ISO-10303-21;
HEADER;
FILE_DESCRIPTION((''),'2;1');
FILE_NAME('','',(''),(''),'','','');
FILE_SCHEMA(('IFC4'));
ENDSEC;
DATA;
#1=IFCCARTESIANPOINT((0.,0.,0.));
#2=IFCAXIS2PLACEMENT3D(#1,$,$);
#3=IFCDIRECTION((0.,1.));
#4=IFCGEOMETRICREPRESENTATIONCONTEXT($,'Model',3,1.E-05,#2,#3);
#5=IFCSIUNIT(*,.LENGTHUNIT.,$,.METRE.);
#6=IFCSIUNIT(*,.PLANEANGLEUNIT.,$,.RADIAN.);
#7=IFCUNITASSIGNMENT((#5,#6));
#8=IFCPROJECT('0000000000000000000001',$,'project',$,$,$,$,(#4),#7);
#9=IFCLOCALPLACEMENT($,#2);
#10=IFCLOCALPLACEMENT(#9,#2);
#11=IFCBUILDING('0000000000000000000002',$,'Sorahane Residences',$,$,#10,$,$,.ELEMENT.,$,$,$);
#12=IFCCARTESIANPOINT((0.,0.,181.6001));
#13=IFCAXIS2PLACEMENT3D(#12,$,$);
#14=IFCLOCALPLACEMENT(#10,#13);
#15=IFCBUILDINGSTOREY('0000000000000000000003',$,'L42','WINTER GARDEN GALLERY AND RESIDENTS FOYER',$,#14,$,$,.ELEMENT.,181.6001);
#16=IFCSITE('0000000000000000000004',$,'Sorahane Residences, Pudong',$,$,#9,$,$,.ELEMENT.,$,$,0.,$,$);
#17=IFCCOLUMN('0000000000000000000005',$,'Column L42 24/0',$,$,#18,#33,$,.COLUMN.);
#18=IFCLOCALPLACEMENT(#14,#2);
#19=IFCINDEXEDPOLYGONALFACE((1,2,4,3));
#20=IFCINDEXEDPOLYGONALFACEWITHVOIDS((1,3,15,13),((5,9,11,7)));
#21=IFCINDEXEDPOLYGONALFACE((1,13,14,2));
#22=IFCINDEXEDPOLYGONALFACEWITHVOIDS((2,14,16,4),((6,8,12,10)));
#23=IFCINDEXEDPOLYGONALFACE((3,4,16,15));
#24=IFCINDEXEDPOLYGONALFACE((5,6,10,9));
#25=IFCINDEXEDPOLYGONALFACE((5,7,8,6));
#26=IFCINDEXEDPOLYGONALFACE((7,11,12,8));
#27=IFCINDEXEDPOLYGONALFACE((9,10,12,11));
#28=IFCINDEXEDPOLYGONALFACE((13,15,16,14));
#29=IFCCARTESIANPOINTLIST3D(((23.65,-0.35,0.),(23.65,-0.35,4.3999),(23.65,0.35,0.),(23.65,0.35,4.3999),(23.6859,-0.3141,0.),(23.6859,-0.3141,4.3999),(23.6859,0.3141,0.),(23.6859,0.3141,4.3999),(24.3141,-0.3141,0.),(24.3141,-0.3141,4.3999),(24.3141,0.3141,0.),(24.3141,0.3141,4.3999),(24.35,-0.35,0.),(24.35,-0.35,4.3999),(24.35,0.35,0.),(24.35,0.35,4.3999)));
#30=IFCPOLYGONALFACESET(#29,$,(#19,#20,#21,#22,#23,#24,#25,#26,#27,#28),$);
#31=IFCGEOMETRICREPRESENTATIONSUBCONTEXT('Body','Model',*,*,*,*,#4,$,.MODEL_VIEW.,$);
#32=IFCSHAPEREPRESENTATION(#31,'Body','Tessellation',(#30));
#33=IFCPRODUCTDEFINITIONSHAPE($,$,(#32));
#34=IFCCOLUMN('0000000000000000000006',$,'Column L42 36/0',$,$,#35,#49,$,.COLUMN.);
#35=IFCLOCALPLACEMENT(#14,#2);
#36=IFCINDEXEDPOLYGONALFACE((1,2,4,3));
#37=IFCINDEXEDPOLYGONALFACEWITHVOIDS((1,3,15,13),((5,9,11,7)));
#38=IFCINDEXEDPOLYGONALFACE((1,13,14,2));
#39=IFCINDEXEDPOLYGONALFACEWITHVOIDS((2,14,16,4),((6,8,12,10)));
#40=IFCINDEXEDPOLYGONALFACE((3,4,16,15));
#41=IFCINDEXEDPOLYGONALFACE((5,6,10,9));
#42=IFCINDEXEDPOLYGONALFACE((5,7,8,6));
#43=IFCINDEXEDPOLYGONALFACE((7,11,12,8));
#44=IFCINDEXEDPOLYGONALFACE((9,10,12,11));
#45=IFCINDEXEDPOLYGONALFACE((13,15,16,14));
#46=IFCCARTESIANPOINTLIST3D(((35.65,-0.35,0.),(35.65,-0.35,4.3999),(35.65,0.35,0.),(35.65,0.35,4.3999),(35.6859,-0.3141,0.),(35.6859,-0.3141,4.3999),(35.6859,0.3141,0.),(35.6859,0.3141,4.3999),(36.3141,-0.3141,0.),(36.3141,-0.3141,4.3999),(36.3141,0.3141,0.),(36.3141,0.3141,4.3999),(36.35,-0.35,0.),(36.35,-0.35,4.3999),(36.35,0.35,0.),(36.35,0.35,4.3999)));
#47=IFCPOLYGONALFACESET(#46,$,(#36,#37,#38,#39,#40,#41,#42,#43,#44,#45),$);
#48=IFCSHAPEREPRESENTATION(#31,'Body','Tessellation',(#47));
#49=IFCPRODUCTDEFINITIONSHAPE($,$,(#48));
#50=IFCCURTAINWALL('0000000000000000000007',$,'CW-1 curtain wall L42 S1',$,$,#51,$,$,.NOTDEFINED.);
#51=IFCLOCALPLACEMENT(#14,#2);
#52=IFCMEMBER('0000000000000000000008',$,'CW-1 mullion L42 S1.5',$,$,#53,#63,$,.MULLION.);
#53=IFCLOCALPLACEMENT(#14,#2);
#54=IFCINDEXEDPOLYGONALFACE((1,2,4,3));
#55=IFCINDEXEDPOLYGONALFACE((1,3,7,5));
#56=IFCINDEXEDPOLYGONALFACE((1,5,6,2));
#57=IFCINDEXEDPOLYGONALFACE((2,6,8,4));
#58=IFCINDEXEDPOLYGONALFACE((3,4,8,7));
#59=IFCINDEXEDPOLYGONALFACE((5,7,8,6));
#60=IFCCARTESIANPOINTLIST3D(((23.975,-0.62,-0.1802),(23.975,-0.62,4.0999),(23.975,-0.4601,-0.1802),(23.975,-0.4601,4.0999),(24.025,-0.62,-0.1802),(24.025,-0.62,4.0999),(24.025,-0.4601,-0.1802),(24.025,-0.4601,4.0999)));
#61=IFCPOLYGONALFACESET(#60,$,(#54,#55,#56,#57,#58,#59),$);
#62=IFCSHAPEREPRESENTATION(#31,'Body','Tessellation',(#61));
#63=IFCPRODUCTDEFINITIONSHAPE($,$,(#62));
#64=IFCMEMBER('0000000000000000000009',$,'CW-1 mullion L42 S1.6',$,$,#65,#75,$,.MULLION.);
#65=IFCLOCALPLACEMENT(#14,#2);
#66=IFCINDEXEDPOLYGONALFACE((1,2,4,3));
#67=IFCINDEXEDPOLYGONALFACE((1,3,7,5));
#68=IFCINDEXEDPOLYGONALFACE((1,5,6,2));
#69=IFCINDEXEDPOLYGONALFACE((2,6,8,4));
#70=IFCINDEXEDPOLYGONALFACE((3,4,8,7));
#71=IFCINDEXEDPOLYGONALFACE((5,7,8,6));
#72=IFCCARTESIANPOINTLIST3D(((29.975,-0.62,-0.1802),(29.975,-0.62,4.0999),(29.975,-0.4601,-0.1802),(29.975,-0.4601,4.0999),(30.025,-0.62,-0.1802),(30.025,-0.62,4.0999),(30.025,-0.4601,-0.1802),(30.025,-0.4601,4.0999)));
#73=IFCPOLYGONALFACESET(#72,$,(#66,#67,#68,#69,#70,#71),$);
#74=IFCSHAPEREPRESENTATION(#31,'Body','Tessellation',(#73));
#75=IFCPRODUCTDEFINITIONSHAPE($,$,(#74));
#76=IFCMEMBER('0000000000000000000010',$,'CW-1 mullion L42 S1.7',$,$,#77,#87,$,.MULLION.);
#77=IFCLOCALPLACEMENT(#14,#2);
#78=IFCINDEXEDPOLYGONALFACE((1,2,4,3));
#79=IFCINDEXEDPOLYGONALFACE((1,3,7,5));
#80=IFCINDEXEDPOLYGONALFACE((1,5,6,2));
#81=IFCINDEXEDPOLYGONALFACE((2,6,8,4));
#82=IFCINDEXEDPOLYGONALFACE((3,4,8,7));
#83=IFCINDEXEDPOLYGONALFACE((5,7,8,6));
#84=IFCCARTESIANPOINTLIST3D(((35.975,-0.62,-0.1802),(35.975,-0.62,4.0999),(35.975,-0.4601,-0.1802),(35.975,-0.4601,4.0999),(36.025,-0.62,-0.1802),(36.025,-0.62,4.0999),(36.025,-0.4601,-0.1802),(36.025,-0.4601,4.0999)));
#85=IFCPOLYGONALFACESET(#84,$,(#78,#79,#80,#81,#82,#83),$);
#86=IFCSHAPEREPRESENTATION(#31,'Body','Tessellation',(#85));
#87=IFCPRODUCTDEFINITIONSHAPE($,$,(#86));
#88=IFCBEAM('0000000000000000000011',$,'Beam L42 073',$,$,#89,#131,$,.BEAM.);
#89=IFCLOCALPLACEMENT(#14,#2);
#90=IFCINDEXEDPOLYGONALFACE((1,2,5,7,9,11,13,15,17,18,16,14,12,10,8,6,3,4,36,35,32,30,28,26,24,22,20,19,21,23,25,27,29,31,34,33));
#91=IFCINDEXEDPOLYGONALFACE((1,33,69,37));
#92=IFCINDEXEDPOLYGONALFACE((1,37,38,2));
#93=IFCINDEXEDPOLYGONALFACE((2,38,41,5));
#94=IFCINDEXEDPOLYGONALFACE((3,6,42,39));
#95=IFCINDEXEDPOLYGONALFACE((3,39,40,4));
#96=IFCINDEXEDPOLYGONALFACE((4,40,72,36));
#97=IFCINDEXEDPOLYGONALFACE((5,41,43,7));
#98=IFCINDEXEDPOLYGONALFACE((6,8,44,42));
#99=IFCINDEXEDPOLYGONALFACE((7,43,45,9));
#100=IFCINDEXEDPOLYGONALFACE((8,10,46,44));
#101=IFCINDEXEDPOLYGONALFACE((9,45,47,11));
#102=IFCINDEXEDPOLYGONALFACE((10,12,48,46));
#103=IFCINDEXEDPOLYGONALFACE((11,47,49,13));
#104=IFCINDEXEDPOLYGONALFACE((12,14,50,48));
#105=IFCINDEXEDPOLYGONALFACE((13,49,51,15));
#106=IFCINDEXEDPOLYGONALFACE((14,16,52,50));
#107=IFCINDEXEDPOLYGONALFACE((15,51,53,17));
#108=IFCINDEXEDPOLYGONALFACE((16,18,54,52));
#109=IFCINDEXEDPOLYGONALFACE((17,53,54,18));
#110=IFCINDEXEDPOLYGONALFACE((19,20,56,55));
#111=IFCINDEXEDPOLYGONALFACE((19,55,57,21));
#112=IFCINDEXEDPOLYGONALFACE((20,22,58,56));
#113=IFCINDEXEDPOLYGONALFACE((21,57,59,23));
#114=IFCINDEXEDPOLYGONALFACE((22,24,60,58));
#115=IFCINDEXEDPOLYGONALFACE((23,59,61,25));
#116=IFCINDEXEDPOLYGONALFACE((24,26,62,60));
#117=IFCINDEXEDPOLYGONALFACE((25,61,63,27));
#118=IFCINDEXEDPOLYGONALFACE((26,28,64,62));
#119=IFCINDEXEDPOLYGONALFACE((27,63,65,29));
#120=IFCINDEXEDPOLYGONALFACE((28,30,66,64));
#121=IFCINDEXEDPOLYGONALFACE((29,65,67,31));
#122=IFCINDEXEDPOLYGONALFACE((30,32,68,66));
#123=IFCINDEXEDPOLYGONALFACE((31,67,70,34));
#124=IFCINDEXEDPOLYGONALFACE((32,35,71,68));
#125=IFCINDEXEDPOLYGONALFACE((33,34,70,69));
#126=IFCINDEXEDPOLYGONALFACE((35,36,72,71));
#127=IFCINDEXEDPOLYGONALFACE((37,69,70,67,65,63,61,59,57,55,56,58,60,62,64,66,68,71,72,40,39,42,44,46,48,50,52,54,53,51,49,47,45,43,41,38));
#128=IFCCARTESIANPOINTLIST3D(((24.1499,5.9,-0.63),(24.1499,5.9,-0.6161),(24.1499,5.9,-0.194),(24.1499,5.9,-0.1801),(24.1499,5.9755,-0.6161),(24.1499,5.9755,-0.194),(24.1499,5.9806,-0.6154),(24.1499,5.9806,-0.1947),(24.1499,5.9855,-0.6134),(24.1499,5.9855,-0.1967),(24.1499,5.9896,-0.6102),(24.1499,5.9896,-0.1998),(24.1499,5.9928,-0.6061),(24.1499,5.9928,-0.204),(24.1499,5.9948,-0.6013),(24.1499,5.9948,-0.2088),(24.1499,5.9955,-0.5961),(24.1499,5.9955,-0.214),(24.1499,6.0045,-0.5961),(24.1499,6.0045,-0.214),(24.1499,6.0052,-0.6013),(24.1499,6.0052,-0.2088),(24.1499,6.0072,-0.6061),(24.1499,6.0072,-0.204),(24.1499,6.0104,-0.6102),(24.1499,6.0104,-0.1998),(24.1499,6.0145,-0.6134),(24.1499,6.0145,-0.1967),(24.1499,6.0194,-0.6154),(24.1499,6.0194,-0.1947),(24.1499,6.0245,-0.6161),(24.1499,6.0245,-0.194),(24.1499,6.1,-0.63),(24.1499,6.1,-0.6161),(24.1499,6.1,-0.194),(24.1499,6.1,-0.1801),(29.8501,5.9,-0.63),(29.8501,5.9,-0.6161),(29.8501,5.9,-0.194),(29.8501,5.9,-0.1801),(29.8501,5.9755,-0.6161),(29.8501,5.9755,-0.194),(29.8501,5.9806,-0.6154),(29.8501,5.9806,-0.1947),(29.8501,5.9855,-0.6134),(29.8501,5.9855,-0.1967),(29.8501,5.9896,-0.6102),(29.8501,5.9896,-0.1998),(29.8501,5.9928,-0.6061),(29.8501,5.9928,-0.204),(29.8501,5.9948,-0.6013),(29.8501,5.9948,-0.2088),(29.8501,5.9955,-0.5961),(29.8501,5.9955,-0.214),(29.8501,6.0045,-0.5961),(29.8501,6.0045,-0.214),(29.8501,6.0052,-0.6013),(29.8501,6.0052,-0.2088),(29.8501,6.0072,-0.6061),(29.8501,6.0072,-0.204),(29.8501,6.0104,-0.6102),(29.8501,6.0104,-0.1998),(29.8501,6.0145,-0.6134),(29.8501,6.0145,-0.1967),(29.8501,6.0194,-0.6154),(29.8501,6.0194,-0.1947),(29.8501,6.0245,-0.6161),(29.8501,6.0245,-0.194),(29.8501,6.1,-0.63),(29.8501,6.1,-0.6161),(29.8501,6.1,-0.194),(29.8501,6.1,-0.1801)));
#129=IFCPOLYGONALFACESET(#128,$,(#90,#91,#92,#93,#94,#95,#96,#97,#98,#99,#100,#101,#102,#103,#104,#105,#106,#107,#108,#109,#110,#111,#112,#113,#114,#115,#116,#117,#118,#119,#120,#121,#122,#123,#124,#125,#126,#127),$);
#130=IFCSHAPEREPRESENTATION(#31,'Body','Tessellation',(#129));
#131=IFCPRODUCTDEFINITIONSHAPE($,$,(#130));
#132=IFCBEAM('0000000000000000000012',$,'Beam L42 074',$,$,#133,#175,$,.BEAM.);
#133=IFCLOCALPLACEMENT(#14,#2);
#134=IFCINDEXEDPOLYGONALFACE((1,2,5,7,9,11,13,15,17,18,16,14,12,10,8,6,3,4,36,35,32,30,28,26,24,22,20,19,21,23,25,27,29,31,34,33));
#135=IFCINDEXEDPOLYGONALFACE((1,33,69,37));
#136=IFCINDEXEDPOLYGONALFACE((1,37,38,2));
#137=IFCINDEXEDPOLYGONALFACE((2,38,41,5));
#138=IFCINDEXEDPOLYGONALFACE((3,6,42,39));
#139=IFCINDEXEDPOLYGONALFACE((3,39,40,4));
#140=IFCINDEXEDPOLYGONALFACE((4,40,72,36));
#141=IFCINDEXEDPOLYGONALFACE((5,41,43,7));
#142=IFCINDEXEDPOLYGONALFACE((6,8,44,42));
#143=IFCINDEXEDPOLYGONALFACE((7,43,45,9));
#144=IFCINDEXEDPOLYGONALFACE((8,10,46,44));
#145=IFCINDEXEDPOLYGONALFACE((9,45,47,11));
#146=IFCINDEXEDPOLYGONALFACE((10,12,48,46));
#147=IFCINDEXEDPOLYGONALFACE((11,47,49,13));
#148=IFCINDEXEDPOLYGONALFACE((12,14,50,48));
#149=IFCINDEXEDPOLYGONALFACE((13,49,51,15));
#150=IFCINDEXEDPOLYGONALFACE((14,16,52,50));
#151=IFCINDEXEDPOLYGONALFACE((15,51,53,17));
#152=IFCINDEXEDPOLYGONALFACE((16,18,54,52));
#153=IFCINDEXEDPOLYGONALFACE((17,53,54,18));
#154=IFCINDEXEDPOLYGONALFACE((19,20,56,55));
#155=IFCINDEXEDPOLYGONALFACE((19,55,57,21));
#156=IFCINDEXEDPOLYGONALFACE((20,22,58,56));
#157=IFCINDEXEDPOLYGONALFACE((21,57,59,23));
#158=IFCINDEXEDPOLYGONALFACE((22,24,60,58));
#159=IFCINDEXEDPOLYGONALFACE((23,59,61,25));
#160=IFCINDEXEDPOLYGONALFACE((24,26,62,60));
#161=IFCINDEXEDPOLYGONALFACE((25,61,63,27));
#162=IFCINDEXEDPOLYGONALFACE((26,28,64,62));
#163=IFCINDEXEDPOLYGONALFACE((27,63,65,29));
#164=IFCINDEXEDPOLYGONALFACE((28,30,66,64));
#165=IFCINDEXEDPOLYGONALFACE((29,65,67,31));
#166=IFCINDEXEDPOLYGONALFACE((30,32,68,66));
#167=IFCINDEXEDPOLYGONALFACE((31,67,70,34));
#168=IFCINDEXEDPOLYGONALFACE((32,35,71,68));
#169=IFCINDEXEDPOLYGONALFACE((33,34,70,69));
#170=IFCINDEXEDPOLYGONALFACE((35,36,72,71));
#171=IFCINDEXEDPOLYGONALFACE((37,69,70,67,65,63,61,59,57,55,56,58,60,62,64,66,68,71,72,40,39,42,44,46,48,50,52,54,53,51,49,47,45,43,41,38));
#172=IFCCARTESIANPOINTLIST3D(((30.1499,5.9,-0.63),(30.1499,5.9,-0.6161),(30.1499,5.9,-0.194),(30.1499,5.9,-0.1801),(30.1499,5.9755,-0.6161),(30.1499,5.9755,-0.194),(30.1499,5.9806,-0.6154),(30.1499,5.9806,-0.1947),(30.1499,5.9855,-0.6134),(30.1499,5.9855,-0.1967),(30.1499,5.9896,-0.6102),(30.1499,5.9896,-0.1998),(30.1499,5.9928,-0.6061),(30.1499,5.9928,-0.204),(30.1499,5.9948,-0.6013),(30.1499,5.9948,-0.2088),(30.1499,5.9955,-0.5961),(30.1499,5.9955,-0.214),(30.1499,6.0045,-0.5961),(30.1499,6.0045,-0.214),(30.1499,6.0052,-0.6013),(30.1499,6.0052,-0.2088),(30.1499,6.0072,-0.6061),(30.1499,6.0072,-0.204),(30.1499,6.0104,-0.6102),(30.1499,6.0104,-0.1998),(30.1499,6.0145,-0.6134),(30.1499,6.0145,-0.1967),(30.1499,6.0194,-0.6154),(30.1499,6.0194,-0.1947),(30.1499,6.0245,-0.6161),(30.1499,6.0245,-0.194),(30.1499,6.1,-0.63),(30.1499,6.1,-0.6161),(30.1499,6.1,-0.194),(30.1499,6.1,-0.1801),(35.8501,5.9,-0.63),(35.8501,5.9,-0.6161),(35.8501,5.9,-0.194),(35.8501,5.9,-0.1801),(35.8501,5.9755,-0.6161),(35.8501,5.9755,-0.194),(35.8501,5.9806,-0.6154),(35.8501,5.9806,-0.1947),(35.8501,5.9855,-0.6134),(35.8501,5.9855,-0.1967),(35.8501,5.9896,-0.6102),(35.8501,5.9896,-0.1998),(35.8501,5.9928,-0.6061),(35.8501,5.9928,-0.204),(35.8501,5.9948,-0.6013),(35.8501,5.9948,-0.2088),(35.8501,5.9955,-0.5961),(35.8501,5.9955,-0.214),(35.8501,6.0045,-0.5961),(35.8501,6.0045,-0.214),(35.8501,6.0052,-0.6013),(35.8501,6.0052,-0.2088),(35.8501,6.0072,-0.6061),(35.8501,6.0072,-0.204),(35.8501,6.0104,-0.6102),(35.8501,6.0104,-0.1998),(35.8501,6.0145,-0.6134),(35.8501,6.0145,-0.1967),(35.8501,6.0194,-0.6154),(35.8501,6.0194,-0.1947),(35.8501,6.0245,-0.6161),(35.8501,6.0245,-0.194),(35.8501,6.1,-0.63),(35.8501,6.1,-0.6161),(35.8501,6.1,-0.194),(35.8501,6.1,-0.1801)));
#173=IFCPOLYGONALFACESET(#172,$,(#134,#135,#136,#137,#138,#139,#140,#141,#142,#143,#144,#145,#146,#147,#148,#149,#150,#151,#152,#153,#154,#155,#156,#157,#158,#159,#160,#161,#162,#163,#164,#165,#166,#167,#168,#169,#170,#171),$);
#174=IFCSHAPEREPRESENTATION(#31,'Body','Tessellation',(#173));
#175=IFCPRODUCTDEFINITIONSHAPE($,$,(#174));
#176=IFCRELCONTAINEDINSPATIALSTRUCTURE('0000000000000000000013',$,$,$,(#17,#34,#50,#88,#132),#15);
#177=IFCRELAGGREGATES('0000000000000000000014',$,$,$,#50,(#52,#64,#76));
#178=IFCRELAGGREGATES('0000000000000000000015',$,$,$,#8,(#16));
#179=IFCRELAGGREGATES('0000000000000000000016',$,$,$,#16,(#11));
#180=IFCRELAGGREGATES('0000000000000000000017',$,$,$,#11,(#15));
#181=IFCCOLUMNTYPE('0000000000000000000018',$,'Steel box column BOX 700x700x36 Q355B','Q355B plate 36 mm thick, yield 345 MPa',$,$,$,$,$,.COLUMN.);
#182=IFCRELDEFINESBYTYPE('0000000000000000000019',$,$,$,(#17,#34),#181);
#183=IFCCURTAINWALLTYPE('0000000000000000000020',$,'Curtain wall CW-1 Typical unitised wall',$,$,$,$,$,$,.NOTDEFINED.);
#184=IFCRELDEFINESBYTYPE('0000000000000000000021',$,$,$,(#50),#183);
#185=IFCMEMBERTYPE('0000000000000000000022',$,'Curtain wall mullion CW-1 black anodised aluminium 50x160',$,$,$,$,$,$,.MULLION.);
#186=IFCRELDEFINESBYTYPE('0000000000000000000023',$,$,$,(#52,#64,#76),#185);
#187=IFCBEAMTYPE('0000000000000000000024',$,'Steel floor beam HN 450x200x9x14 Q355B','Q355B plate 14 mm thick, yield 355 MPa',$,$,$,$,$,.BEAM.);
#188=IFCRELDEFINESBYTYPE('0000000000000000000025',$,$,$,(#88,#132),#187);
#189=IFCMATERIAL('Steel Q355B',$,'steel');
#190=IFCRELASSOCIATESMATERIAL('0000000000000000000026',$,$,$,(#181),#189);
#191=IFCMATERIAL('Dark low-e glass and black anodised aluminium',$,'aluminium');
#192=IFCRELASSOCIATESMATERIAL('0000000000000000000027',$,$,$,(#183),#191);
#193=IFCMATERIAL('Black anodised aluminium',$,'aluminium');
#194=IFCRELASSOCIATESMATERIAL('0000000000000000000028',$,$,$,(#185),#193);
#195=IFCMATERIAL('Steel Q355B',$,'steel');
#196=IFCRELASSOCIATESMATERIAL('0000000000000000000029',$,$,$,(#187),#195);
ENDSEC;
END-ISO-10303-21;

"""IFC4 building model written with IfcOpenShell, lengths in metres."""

from ifc_helpers import new_model, si_unit, direction, frame, origin, origin_2d, place, context, subcontext, project, spatial, rectangle, hollow_rectangle, i_section, extrude, material, material_profile, profile_set, type_object, element, aggregate, save


model = new_model("IFC4")

# Units and contexts
model_context = context("Model", 3, precision=1e-05, world=origin(), true_north=direction((0.0, 1.0)))
body_context = subcontext(model_context, "Body", "Model", "MODEL_VIEW")
ifc_project = project(units=[si_unit("LENGTHUNIT", "METRE"), si_unit("PLANEANGLEUNIT", "RADIAN")], contexts=[model_context])

# Site, building, storey
site_placement = place(None, origin())
site = spatial("IfcSite", under=ifc_project, at=site_placement, Name="Sorahane Residences, Pudong", CompositionType="ELEMENT", RefElevation=0.0)
building_placement = place(site_placement, origin())
building = spatial("IfcBuilding", under=site, at=building_placement, Name="Sorahane Residences", CompositionType="ELEMENT")
storey_placement = place(building_placement, frame((0.0, 0.0, 181.6001)))
storey = spatial("IfcBuildingStorey", under=building, at=storey_placement, Name="L42", Description="WINTER GARDEN GALLERY AND RESIDENTS FOYER", CompositionType="ELEMENT", Elevation=181.6001)

# Columns
ifc_material_1 = material(Name="Steel Q355B", Category="steel")
ifc_material_profile_1 = material_profile(ifc_material_1, hollow_rectangle(XDim=0.7, YDim=0.7, WallThickness=0.0359, at=origin_2d()), Name="BOX 700x700x36")
ifc_profile_set_1 = profile_set([ifc_material_profile_1], Name="Steel Q355B")
column_type = type_object("IfcColumnType", Name="Steel box column BOX 700x700x36 Q355B", Description="Q355B plate 36 mm thick, yield 345 MPa", PredefinedType="COLUMN", material=ifc_profile_set_1)
for number, where, z_axis, x_axis, name in (
    (1, (24.0, 0.0, 0.0), (0.0, 0.0, 1.0), (1.0, 0.0, 0.0), "Column L42 24/0"),
    (2, (36.0, 0.0, 0.0), (0.0, 0.0, 1.0), (1.0, 0.0, 0.0), "Column L42 36/0"),
):
    element("IfcColumn", number, at=place(storey_placement, frame(where, z_axis=z_axis, x_axis=x_axis)), inside=storey, type_object=column_type, Name=name, PredefinedType="COLUMN", context=body_context, shape_type="SweptSolid", body=[
        extrude(hollow_rectangle(XDim=0.7, YDim=0.7, WallThickness=0.0359, at=origin_2d()), origin(), (0.0, 0.0, 1.0), 4.3999),
    ])

# Curtain wall, members
ifc_material_2 = material(Name="Dark low-e glass and black anodised aluminium", Category="aluminium")
curtain_wall_type = type_object("IfcCurtainWallType", Name="Curtain wall CW-1 Typical unitised wall", PredefinedType="NOTDEFINED", material=ifc_material_2)
curtain_wall_placement = place(storey_placement, origin())
curtain_wall = element("IfcCurtainWall", 3, at=curtain_wall_placement, inside=storey, type_object=curtain_wall_type, Name="CW-1 curtain wall L42 S1", PredefinedType="NOTDEFINED")
ifc_material_3 = material(Name="Black anodised aluminium", Category="aluminium")
ifc_material_profile_2 = material_profile(ifc_material_3, rectangle(XDim=0.1599, YDim=0.05, at=origin_2d()), Name="Curtain wall mullion CW-1 black anodised aluminium 50x160")
ifc_profile_set_2 = profile_set([ifc_material_profile_2], Name="Black anodised aluminium")
member_type = type_object("IfcMemberType", Name="Curtain wall mullion CW-1 black anodised aluminium 50x160", PredefinedType="MULLION", material=ifc_profile_set_2)
member_1_placement = place(storey_placement, frame((24.0, -0.54, -0.1802), z_axis=(0.0, 0.0, 1.0), x_axis=(0.0, -1.0, 0.0)))
member_1 = element("IfcMember", 4, at=member_1_placement, type_object=member_type, Name="CW-1 mullion L42 S1.5", PredefinedType="MULLION", context=body_context, shape_type="SweptSolid", body=[
    extrude(rectangle(XDim=0.1599, YDim=0.05, at=origin_2d()), origin(), (0.0, 0.0, 1.0), 4.28),
])
member_2_placement = place(storey_placement, frame((30.0, -0.54, -0.1802), z_axis=(0.0, 0.0, 1.0), x_axis=(0.0, -1.0, 0.0)))
member_2 = element("IfcMember", 5, at=member_2_placement, type_object=member_type, Name="CW-1 mullion L42 S1.6", PredefinedType="MULLION", context=body_context, shape_type="SweptSolid", body=[
    extrude(rectangle(XDim=0.1599, YDim=0.05, at=origin_2d()), origin(), (0.0, 0.0, 1.0), 4.28),
])
member_3_placement = place(storey_placement, frame((36.0, -0.54, -0.1802), z_axis=(0.0, 0.0, 1.0), x_axis=(0.0, -1.0, 0.0)))
member_3 = element("IfcMember", 6, at=member_3_placement, type_object=member_type, Name="CW-1 mullion L42 S1.7", PredefinedType="MULLION", context=body_context, shape_type="SweptSolid", body=[
    extrude(rectangle(XDim=0.1599, YDim=0.05, at=origin_2d()), origin(), (0.0, 0.0, 1.0), 4.28),
])

# Beams
ifc_material_4 = material(Name="Steel Q355B", Category="steel")
ifc_material_profile_3 = material_profile(ifc_material_4, i_section(OverallWidth=0.2, OverallDepth=0.45, WebThickness=0.009, FlangeThickness=0.0139, FilletRadius=0.02, at=origin_2d()), Name="HN 450x200x9x14")
ifc_profile_set_3 = profile_set([ifc_material_profile_3], Name="Steel Q355B")
beam_type_1 = type_object("IfcBeamType", Name="Steel floor beam HN 450x200x9x14 Q355B", Description="Q355B plate 14 mm thick, yield 355 MPa", PredefinedType="BEAM", material=ifc_profile_set_3)
for number, where, z_axis, x_axis, name in (
    (7, (24.1499, 6.0, -0.405), (1.0, 0.0, 0.0), (0.0, 1.0, 0.0), "Beam L42 073"),
    (8, (30.1499, 6.0, -0.405), (1.0, 0.0, 0.0), (0.0, 1.0, 0.0), "Beam L42 074"),
):
    element("IfcBeam", number, at=place(storey_placement, frame(where, z_axis=z_axis, x_axis=x_axis)), inside=storey, type_object=beam_type_1, Name=name, PredefinedType="BEAM", context=body_context, shape_type="SweptSolid", body=[
        extrude(i_section(OverallWidth=0.2, OverallDepth=0.45, WebThickness=0.009, FlangeThickness=0.0139, FilletRadius=0.02, at=origin_2d()), origin(), (0.0, 0.0, 1.0), 5.7002),
    ])

aggregate(curtain_wall, [member_1, member_2, member_3])

save(model, "model.ifc")
